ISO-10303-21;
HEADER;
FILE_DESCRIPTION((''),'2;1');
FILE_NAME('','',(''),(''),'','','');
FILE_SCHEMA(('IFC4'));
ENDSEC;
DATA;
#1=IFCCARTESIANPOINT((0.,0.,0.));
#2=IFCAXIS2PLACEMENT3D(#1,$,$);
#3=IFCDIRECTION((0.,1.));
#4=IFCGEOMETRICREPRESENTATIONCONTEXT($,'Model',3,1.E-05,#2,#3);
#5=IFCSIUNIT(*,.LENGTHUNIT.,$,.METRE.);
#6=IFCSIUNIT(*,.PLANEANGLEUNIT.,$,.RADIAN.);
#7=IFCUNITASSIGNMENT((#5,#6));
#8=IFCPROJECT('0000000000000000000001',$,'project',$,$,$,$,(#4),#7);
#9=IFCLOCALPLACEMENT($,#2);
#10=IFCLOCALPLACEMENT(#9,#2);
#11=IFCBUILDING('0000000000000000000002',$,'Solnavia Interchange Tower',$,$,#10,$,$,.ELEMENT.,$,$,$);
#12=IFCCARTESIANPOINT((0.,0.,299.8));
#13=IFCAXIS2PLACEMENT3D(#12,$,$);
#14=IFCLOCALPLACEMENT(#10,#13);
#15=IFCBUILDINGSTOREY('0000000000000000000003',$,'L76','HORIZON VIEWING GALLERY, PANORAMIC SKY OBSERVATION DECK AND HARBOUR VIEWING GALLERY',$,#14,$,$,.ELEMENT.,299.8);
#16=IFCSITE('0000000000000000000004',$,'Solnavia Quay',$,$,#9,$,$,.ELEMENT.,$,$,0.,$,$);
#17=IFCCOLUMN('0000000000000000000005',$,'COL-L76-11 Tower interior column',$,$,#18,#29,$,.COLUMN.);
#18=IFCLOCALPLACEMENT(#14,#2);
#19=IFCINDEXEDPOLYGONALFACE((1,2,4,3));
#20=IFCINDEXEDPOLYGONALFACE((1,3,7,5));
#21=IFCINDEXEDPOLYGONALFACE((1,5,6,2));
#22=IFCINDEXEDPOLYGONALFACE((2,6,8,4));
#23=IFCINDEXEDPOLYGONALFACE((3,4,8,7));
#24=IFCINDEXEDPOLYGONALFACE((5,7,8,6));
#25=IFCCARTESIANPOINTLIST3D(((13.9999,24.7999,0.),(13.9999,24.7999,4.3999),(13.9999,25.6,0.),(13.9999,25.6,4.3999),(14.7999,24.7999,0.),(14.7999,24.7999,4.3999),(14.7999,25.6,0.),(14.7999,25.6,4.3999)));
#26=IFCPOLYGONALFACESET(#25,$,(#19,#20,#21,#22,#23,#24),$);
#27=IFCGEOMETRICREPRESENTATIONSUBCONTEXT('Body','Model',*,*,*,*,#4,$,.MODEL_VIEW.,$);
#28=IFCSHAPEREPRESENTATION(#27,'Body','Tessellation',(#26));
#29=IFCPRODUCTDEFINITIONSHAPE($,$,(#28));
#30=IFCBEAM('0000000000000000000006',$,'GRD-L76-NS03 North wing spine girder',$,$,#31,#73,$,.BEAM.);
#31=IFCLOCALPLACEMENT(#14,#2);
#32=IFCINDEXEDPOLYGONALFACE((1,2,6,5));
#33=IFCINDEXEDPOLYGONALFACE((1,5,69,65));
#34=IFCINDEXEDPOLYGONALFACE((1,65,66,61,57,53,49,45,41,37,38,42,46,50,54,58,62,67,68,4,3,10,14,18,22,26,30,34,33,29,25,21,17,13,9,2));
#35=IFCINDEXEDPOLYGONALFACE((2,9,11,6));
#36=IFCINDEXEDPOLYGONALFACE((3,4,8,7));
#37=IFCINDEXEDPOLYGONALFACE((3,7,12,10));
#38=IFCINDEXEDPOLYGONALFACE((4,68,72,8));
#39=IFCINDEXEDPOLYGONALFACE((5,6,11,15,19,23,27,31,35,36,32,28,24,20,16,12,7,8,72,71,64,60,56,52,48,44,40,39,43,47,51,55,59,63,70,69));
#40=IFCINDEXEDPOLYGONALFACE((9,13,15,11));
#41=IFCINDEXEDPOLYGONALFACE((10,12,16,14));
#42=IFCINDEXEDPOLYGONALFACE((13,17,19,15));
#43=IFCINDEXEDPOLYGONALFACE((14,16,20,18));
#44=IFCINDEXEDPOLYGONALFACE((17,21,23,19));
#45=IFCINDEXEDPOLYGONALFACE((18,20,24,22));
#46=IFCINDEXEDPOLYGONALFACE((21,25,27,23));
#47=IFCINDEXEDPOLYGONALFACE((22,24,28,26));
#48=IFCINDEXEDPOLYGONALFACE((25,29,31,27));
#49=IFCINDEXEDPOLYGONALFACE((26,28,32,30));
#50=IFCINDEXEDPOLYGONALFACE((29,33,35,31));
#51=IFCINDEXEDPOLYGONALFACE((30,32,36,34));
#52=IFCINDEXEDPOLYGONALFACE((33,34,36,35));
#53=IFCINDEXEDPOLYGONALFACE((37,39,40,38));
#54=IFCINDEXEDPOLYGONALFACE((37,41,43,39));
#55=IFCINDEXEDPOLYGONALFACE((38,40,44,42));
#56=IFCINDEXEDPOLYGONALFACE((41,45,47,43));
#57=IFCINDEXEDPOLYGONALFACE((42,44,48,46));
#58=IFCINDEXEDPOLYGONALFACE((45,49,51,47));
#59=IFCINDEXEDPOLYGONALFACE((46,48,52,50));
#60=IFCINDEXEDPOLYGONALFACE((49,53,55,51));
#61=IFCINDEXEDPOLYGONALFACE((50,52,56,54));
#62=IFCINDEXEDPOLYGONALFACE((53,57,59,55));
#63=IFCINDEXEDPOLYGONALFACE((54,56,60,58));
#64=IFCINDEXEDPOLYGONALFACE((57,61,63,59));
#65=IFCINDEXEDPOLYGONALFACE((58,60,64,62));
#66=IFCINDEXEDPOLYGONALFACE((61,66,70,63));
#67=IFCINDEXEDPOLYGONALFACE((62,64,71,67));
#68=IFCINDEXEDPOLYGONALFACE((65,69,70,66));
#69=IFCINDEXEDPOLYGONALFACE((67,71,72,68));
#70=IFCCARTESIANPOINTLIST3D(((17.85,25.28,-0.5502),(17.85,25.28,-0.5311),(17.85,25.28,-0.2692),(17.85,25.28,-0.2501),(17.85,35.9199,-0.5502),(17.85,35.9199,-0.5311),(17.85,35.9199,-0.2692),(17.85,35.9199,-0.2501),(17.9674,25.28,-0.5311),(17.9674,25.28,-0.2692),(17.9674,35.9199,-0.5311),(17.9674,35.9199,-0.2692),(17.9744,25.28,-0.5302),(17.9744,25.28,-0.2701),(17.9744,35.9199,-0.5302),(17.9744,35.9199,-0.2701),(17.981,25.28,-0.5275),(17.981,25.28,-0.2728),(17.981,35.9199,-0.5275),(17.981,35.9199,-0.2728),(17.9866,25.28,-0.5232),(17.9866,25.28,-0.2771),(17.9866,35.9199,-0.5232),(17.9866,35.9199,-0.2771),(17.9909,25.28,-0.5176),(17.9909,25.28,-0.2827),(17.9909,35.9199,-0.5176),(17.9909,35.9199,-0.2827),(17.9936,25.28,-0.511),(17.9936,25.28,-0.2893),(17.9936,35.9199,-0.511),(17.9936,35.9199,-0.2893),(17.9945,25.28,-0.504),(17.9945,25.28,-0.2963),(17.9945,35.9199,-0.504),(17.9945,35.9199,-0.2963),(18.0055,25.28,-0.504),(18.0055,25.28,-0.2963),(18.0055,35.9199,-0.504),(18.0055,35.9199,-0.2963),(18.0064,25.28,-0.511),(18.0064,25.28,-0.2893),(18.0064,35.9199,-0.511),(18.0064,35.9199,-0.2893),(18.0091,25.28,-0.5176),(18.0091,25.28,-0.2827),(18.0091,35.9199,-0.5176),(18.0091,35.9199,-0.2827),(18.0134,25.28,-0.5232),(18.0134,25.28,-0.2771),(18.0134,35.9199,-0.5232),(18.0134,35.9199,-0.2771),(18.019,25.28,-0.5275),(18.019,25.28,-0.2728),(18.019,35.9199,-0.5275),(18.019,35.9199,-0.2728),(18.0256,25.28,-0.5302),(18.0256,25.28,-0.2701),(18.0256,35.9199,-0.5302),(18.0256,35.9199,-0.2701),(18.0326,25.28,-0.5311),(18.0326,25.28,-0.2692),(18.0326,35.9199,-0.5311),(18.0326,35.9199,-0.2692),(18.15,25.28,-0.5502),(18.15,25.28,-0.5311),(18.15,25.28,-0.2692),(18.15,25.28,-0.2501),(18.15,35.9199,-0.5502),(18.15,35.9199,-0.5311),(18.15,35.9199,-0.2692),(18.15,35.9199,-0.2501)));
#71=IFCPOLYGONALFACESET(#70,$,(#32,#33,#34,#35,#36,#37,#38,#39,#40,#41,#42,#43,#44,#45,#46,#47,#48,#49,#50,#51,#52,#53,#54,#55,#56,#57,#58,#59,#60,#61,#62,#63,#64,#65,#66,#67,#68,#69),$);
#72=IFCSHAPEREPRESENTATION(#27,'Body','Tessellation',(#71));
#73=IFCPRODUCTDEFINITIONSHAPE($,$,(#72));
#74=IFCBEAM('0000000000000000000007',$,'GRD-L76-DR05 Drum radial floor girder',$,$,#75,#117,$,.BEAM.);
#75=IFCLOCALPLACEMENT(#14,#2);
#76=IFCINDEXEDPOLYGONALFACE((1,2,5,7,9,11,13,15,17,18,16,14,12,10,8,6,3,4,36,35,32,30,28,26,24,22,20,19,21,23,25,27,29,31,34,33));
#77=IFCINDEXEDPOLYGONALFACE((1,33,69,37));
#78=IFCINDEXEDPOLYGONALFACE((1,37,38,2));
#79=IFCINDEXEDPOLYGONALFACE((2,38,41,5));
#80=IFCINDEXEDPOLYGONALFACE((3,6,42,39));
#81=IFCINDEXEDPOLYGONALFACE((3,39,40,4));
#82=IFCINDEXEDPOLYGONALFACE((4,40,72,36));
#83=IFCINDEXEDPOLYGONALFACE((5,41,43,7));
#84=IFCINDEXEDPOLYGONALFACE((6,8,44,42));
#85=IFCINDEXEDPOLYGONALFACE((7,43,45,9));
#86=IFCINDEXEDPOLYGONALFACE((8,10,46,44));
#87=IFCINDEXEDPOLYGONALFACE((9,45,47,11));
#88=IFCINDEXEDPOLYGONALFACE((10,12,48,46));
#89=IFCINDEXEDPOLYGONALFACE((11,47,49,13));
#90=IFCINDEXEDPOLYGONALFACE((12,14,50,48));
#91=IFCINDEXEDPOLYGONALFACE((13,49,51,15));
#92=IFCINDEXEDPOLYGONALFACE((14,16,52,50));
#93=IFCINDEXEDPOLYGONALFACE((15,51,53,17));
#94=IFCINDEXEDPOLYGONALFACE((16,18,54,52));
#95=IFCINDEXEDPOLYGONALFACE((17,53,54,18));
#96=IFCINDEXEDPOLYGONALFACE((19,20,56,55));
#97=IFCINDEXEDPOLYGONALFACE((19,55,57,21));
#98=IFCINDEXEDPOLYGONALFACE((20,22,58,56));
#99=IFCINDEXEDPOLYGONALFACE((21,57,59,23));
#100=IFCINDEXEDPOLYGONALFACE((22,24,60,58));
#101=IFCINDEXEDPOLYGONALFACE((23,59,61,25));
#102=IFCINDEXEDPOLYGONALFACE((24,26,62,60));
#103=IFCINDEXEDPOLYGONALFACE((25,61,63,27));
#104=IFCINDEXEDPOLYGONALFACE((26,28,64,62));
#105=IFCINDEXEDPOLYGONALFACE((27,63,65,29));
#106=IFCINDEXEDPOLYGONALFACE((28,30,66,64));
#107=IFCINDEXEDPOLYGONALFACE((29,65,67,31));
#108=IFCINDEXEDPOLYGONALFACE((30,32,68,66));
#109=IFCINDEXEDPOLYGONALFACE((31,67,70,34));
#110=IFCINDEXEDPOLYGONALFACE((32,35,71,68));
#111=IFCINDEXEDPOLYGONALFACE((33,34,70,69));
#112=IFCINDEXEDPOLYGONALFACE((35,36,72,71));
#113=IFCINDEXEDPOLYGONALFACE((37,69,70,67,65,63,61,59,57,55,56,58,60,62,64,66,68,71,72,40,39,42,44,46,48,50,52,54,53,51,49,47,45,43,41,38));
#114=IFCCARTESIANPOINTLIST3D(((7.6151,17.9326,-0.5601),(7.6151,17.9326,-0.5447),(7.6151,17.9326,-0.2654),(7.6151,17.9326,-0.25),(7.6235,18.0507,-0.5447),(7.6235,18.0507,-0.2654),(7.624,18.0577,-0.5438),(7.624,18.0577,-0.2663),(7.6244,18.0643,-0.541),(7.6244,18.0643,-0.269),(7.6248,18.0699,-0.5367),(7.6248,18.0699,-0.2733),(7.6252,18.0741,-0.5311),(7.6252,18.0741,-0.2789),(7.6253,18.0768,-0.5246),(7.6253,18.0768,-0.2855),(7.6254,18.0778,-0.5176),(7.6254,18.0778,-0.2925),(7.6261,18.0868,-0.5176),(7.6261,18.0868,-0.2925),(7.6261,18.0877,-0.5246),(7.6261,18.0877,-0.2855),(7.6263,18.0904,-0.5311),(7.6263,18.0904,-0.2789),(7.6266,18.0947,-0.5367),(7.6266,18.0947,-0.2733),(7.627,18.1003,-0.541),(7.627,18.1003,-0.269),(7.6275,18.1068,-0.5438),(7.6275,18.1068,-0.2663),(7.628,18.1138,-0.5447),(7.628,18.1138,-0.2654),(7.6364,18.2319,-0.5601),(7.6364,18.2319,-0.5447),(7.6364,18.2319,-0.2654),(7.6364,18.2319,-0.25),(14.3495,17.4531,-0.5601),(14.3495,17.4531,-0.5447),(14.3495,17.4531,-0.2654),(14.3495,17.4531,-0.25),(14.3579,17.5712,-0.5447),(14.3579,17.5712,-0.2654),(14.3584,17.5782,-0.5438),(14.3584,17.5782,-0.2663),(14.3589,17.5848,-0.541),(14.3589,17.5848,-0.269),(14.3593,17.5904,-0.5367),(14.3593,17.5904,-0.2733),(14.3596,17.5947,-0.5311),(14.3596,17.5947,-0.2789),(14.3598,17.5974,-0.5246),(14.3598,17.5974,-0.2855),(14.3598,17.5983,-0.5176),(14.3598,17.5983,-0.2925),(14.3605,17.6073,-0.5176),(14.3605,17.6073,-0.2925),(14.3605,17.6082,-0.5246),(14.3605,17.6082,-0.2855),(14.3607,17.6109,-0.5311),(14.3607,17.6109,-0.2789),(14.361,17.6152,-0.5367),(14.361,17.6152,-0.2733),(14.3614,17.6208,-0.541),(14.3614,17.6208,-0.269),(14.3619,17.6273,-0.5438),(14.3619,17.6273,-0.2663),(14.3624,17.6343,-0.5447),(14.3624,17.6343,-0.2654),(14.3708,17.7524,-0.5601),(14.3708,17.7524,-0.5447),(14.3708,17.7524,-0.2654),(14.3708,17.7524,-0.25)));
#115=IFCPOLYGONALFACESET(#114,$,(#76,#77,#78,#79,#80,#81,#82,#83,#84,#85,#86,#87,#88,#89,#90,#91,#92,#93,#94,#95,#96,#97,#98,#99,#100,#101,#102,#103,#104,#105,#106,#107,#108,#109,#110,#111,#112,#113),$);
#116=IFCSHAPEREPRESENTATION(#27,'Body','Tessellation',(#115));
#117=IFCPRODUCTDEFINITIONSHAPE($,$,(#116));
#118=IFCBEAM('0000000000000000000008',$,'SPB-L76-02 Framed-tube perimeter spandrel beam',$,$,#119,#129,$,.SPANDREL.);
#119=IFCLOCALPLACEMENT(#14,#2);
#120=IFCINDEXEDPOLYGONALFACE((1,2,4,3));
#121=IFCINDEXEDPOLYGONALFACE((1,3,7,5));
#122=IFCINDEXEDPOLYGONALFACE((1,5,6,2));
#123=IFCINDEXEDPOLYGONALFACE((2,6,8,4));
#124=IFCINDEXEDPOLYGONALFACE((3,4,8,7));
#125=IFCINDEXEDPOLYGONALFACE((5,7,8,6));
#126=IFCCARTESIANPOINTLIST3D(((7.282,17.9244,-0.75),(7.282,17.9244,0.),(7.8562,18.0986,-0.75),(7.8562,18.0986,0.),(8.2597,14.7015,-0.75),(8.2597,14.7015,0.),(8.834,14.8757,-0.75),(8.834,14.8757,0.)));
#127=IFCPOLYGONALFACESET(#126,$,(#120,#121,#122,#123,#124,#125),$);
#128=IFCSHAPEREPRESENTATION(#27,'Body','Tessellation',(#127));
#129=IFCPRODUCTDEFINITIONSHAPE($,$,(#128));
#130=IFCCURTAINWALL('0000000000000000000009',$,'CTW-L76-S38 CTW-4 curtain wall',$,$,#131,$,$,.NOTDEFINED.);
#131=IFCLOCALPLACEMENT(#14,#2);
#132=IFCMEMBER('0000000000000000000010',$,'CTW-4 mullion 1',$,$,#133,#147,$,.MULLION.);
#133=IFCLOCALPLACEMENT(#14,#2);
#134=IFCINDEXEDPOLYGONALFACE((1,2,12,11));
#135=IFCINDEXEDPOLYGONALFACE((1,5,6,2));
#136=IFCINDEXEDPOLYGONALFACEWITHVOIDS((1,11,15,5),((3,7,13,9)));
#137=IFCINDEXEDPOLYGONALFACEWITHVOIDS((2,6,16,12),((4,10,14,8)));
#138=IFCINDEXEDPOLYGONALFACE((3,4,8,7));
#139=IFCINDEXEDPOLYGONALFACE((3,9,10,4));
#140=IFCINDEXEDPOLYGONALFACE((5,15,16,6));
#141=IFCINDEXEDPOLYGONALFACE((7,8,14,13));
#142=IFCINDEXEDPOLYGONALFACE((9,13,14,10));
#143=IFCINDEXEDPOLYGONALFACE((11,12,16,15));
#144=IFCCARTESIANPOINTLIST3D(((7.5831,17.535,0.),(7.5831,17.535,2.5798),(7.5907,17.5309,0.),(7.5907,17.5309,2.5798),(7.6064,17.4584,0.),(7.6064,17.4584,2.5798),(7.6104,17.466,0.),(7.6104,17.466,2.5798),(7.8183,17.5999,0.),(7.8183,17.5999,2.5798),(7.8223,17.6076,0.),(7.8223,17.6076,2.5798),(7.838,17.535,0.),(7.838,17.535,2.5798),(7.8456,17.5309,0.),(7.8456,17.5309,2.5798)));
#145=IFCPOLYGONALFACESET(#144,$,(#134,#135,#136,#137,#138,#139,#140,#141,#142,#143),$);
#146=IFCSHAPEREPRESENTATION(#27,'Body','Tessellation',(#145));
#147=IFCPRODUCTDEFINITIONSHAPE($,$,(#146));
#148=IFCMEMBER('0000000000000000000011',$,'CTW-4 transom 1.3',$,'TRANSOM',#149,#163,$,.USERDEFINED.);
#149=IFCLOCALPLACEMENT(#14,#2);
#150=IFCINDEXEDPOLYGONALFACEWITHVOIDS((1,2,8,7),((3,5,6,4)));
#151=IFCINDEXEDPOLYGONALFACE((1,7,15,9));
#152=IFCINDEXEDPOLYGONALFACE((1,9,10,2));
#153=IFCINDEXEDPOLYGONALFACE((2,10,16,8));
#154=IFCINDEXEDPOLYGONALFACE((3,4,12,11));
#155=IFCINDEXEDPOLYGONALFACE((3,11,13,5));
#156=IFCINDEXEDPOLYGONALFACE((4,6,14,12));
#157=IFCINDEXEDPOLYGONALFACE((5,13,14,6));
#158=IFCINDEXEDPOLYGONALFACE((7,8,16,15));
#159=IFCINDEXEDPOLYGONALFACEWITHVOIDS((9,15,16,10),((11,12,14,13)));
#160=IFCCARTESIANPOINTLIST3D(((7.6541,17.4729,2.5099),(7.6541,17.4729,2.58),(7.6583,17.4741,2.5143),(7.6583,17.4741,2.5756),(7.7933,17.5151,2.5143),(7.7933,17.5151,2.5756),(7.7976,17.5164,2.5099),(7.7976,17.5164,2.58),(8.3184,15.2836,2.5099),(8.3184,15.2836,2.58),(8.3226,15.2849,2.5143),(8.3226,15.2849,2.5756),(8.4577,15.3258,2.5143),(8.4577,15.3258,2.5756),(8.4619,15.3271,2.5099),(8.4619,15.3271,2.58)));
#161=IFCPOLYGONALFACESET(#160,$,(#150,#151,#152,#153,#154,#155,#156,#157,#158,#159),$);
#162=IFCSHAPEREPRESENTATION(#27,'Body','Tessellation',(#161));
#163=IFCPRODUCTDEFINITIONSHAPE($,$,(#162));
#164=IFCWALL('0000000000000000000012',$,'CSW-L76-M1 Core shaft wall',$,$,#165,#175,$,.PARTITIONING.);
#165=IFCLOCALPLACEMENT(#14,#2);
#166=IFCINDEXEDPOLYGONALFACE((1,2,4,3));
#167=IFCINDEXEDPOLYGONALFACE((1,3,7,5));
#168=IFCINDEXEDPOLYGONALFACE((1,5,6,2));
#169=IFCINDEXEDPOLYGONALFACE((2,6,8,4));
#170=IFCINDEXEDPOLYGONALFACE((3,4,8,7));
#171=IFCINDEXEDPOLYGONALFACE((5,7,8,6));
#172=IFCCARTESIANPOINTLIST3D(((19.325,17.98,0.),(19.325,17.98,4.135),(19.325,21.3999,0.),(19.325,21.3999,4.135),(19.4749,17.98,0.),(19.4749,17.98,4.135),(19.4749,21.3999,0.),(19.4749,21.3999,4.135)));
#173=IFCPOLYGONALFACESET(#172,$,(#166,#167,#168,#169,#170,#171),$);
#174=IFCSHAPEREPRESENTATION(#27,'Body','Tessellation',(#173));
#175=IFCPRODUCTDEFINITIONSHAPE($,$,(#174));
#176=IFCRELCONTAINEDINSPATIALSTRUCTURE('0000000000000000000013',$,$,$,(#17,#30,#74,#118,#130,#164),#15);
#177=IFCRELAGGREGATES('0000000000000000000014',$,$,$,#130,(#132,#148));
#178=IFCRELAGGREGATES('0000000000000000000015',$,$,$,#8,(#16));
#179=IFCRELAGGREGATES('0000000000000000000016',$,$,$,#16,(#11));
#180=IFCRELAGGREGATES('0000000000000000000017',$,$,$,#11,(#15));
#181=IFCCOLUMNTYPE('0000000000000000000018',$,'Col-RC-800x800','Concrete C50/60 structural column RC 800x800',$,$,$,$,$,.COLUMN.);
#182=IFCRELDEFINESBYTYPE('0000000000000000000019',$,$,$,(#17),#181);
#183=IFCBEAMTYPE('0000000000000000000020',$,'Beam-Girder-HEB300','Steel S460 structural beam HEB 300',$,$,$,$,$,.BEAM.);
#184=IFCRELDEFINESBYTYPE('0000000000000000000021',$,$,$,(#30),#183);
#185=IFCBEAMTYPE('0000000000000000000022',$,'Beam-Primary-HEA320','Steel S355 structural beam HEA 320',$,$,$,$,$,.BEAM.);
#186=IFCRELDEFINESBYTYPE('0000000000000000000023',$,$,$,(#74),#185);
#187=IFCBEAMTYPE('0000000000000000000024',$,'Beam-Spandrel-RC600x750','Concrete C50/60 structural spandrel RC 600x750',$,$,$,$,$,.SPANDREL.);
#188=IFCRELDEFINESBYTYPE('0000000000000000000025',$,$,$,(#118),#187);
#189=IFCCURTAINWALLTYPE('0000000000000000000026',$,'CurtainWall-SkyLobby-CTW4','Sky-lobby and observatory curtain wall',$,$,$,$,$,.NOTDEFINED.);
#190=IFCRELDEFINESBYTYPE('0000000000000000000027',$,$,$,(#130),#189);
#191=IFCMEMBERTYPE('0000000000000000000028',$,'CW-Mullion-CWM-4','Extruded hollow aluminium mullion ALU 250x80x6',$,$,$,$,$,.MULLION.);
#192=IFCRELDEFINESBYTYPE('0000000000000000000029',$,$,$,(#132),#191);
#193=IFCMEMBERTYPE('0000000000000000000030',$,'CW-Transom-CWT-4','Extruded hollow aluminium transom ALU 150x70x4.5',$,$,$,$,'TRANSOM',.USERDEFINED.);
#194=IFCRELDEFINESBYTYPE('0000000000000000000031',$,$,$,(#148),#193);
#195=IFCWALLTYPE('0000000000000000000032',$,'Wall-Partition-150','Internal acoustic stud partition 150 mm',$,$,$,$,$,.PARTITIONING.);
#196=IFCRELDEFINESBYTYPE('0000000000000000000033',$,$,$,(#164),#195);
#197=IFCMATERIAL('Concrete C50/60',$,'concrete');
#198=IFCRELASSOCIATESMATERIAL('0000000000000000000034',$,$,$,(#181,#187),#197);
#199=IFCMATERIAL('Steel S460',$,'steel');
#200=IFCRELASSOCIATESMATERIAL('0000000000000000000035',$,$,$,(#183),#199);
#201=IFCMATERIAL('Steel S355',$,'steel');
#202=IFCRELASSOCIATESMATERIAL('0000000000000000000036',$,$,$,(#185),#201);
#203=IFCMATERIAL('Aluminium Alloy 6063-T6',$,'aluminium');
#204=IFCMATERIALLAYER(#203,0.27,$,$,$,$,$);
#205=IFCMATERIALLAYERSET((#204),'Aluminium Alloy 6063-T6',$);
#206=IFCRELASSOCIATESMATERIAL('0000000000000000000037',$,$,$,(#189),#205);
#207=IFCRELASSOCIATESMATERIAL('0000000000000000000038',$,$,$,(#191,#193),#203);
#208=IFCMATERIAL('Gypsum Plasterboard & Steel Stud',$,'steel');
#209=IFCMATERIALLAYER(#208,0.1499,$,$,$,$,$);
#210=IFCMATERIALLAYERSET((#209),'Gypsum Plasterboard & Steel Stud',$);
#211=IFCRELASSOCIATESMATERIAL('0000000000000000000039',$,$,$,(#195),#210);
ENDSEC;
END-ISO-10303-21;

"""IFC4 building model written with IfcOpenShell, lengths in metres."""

from ifc_helpers import new_model, si_unit, direction, frame, frame_2d, origin, origin_2d, place, context, subcontext, project, spatial, rectangle, hollow_rectangle, i_section, extrude, material, layer, layer_set, material_profile, profile_set, type_object, element, aggregate, save


model = new_model("IFC4")

# Units and contexts
model_context = context("Model", 3, precision=1e-05, world=origin(), true_north=direction((0.0, 1.0)))
body_context = subcontext(model_context, "Body", "Model", "MODEL_VIEW")
ifc_project = project(units=[si_unit("LENGTHUNIT", "METRE"), si_unit("PLANEANGLEUNIT", "RADIAN")], contexts=[model_context])

# Site, building, storey
site_placement = place(None, origin())
site = spatial("IfcSite", under=ifc_project, at=site_placement, Name="Solnavia Quay", CompositionType="ELEMENT", RefElevation=0.0)
building_placement = place(site_placement, origin())
building = spatial("IfcBuilding", under=site, at=building_placement, Name="Solnavia Interchange Tower", CompositionType="ELEMENT")
storey_placement = place(building_placement, frame((0.0, 0.0, 299.8)))
storey = spatial("IfcBuildingStorey", under=building, at=storey_placement, Name="L76", Description="HORIZON VIEWING GALLERY, PANORAMIC SKY OBSERVATION DECK AND HARBOUR VIEWING GALLERY", CompositionType="ELEMENT", Elevation=299.8)

# Column
ifc_material_1 = material(Name="Concrete C50/60", Category="concrete")
ifc_material_profile_1 = material_profile(ifc_material_1, rectangle(XDim=0.8, YDim=0.8, at=origin_2d()), Name="RC 800x800")
ifc_profile_set_1 = profile_set([ifc_material_profile_1], Name="Concrete C50/60")
column_type = type_object("IfcColumnType", Name="Col-RC-800x800", Description="Concrete C50/60 structural column RC 800x800", PredefinedType="COLUMN", material=ifc_profile_set_1)
column_placement = place(storey_placement, frame((14.3999, 25.2, 0.0), z_axis=(0.0, 0.0, 1.0), x_axis=(1.0, 0.0, 0.0)))
element("IfcColumn", 1, at=column_placement, inside=storey, type_object=column_type, Name="COL-L76-11 Tower interior column", PredefinedType="COLUMN", context=body_context, shape_type="SweptSolid", body=[
    extrude(rectangle(XDim=0.8, YDim=0.8, at=origin_2d()), origin(), (0.0, 0.0, 1.0), 4.3999),
])

# Beams
ifc_material_2 = material(Name="Steel S460", Category="steel")
ifc_material_profile_2 = material_profile(ifc_material_2, i_section(OverallWidth=0.3, OverallDepth=0.3, WebThickness=0.011, FlangeThickness=0.019, FilletRadius=0.0271, at=origin_2d()), Name="HEB 300")
ifc_profile_set_2 = profile_set([ifc_material_profile_2], Name="Steel S460")
beam_type_1 = type_object("IfcBeamType", Name="Beam-Girder-HEB300", Description="Steel S460 structural beam HEB 300", PredefinedType="BEAM", material=ifc_profile_set_2)
beam_1_placement = place(storey_placement, frame((18.0, 25.28, -0.4001), z_axis=(0.0, 1.0, 0.0), x_axis=(-1.0, 0.0, 0.0)))
element("IfcBeam", 2, at=beam_1_placement, inside=storey, type_object=beam_type_1, Name="GRD-L76-NS03 North wing spine girder", PredefinedType="BEAM", context=body_context, shape_type="SweptSolid", body=[
    extrude(i_section(OverallWidth=0.3, OverallDepth=0.3, WebThickness=0.011, FlangeThickness=0.019, FilletRadius=0.0271, at=origin_2d()), origin(), (0.0, 0.0, 1.0), 10.6399),
])
ifc_material_3 = material(Name="Steel S355", Category="steel")
ifc_material_profile_3 = material_profile(ifc_material_3, i_section(OverallWidth=0.3, OverallDepth=0.3101, WebThickness=0.009, FlangeThickness=0.0154, FilletRadius=0.0271, at=origin_2d()), Name="HEA 320")
ifc_profile_set_3 = profile_set([ifc_material_profile_3], Name="Steel S355")
beam_type_2 = type_object("IfcBeamType", Name="Beam-Primary-HEA320", Description="Steel S355 structural beam HEA 320", PredefinedType="BEAM", material=ifc_profile_set_3)
beam_2_placement = place(storey_placement, frame((7.6257, 18.0823, -0.405), z_axis=(0.997475, -0.071021, 0.0), x_axis=(0.071021, 0.997475, 0.0)))
element("IfcBeam", 3, at=beam_2_placement, inside=storey, type_object=beam_type_2, Name="GRD-L76-DR05 Drum radial floor girder", PredefinedType="BEAM", context=body_context, shape_type="SweptSolid", body=[
    extrude(i_section(OverallWidth=0.3, OverallDepth=0.3101, WebThickness=0.009, FlangeThickness=0.0154, FilletRadius=0.0271, at=origin_2d()), origin(), (0.0, 0.0, 1.0), 6.7515),
])
ifc_material_profile_4 = material_profile(ifc_material_1, rectangle(XDim=0.6001, YDim=0.75, at=origin_2d()), Name="RC 600x750")
ifc_profile_set_4 = profile_set([ifc_material_profile_4], Name="Concrete C50/60")
beam_type_3 = type_object("IfcBeamType", Name="Beam-Spandrel-RC600x750", Description="Concrete C50/60 structural spandrel RC 600x750", PredefinedType="SPANDREL", material=ifc_profile_set_4)
beam_3_placement = place(storey_placement, frame((7.5691, 18.0115, -0.375), z_axis=(0.290319, -0.95693, 0.0), x_axis=(0.95693, 0.290319, 0.0)))
element("IfcBeam", 4, at=beam_3_placement, inside=storey, type_object=beam_type_3, Name="SPB-L76-02 Framed-tube perimeter spandrel beam", PredefinedType="SPANDREL", context=body_context, shape_type="SweptSolid", body=[
    extrude(rectangle(XDim=0.6001, YDim=0.75, at=origin_2d()), origin(), (0.0, 0.0, 1.0), 3.3679),
])

# Curtain wall, members
ifc_material_4 = material(Name="Aluminium Alloy 6063-T6", Category="aluminium")
ifc_layer_1 = layer(ifc_material_4, 0.27)
ifc_layer_set_1 = layer_set([ifc_layer_1], Name="Aluminium Alloy 6063-T6")
curtain_wall_type = type_object("IfcCurtainWallType", Name="CurtainWall-SkyLobby-CTW4", Description="Sky-lobby and observatory curtain wall", PredefinedType="NOTDEFINED", material=ifc_layer_set_1)
curtain_wall_placement = place(storey_placement, origin())
curtain_wall = element("IfcCurtainWall", 5, at=curtain_wall_placement, inside=storey, type_object=curtain_wall_type, Name="CTW-L76-S38 CTW-4 curtain wall", PredefinedType="NOTDEFINED")
ifc_material_profile_5 = material_profile(ifc_material_4, hollow_rectangle(XDim=0.0801, YDim=0.25, WallThickness=0.0061, at=origin_2d()), Name="ALU 250x80x6")
ifc_profile_set_5 = profile_set([ifc_material_profile_5], Name="Aluminium Alloy 6063-T6")
member_type_1 = type_object("IfcMemberType", Name="CW-Mullion-CWM-4", Description="Extruded hollow aluminium mullion ALU 250x80x6", PredefinedType="MULLION", material=ifc_profile_set_5)
member_1_placement = place(storey_placement, frame((7.7144, 17.533, 0.0), z_axis=(0.0, 0.0, 1.0), x_axis=(0.2903, -0.956936, 0.0)))
member_1 = element("IfcMember", 6, at=member_1_placement, type_object=member_type_1, Name="CTW-4 mullion 1", PredefinedType="MULLION", context=body_context, shape_type="SweptSolid", body=[
    extrude(hollow_rectangle(XDim=0.0801, YDim=0.25, WallThickness=0.0061, at=origin_2d()), origin(), (0.0, 0.0, 1.0), 2.5798),
])
ifc_material_profile_6 = material_profile(ifc_material_4, hollow_rectangle(XDim=0.0701, YDim=0.1499, WallThickness=0.0044, at=origin_2d()), Name="ALU 150x70x4.5")
ifc_profile_set_6 = profile_set([ifc_material_profile_6], Name="Aluminium Alloy 6063-T6")
member_type_2 = type_object("IfcMemberType", Name="CW-Transom-CWT-4", Description="Extruded hollow aluminium transom ALU 150x70x4.5", ElementType="TRANSOM", PredefinedType="USERDEFINED", material=ifc_profile_set_6)
member_2_placement = place(storey_placement, frame((7.7258, 17.4946, 2.5449), z_axis=(0.290372, -0.956914, 0.0), x_axis=(0.0, 0.0, 1.0)))
member_2 = element("IfcMember", 7, at=member_2_placement, type_object=member_type_2, Name="CTW-4 transom 1.3", ObjectType="TRANSOM", PredefinedType="USERDEFINED", context=body_context, shape_type="SweptSolid", body=[
    extrude(hollow_rectangle(XDim=0.0701, YDim=0.1499, WallThickness=0.0044, at=origin_2d()), origin(), (0.0, 0.0, 1.0), 2.2878),
])
aggregate(curtain_wall, [member_1, member_2])

# Wall
ifc_material_5 = material(Name="Gypsum Plasterboard & Steel Stud", Category="steel")
ifc_layer_2 = layer(ifc_material_5, 0.1499)
ifc_layer_set_2 = layer_set([ifc_layer_2], Name="Gypsum Plasterboard & Steel Stud")
wall_type_1 = type_object("IfcWallType", Name="Wall-Partition-150", Description="Internal acoustic stud partition 150 mm", PredefinedType="PARTITIONING", material=ifc_layer_set_2)
wall_1_placement = place(storey_placement, frame((19.3999, 17.98, 0.0), z_axis=(0.0, 0.0, 1.0), x_axis=(0.0, 1.0, 0.0)))
element("IfcWall", 8, at=wall_1_placement, inside=storey, type_object=wall_type_1, Name="CSW-L76-M1 Core shaft wall", PredefinedType="PARTITIONING", context=body_context, shape_type="SweptSolid", body=[
    extrude(rectangle(XDim=3.4199, YDim=0.1499, at=frame_2d((1.71, 0.0))), origin(), (0.0, 0.0, 1.0), 4.135),
])

save(model, "model.ifc")
